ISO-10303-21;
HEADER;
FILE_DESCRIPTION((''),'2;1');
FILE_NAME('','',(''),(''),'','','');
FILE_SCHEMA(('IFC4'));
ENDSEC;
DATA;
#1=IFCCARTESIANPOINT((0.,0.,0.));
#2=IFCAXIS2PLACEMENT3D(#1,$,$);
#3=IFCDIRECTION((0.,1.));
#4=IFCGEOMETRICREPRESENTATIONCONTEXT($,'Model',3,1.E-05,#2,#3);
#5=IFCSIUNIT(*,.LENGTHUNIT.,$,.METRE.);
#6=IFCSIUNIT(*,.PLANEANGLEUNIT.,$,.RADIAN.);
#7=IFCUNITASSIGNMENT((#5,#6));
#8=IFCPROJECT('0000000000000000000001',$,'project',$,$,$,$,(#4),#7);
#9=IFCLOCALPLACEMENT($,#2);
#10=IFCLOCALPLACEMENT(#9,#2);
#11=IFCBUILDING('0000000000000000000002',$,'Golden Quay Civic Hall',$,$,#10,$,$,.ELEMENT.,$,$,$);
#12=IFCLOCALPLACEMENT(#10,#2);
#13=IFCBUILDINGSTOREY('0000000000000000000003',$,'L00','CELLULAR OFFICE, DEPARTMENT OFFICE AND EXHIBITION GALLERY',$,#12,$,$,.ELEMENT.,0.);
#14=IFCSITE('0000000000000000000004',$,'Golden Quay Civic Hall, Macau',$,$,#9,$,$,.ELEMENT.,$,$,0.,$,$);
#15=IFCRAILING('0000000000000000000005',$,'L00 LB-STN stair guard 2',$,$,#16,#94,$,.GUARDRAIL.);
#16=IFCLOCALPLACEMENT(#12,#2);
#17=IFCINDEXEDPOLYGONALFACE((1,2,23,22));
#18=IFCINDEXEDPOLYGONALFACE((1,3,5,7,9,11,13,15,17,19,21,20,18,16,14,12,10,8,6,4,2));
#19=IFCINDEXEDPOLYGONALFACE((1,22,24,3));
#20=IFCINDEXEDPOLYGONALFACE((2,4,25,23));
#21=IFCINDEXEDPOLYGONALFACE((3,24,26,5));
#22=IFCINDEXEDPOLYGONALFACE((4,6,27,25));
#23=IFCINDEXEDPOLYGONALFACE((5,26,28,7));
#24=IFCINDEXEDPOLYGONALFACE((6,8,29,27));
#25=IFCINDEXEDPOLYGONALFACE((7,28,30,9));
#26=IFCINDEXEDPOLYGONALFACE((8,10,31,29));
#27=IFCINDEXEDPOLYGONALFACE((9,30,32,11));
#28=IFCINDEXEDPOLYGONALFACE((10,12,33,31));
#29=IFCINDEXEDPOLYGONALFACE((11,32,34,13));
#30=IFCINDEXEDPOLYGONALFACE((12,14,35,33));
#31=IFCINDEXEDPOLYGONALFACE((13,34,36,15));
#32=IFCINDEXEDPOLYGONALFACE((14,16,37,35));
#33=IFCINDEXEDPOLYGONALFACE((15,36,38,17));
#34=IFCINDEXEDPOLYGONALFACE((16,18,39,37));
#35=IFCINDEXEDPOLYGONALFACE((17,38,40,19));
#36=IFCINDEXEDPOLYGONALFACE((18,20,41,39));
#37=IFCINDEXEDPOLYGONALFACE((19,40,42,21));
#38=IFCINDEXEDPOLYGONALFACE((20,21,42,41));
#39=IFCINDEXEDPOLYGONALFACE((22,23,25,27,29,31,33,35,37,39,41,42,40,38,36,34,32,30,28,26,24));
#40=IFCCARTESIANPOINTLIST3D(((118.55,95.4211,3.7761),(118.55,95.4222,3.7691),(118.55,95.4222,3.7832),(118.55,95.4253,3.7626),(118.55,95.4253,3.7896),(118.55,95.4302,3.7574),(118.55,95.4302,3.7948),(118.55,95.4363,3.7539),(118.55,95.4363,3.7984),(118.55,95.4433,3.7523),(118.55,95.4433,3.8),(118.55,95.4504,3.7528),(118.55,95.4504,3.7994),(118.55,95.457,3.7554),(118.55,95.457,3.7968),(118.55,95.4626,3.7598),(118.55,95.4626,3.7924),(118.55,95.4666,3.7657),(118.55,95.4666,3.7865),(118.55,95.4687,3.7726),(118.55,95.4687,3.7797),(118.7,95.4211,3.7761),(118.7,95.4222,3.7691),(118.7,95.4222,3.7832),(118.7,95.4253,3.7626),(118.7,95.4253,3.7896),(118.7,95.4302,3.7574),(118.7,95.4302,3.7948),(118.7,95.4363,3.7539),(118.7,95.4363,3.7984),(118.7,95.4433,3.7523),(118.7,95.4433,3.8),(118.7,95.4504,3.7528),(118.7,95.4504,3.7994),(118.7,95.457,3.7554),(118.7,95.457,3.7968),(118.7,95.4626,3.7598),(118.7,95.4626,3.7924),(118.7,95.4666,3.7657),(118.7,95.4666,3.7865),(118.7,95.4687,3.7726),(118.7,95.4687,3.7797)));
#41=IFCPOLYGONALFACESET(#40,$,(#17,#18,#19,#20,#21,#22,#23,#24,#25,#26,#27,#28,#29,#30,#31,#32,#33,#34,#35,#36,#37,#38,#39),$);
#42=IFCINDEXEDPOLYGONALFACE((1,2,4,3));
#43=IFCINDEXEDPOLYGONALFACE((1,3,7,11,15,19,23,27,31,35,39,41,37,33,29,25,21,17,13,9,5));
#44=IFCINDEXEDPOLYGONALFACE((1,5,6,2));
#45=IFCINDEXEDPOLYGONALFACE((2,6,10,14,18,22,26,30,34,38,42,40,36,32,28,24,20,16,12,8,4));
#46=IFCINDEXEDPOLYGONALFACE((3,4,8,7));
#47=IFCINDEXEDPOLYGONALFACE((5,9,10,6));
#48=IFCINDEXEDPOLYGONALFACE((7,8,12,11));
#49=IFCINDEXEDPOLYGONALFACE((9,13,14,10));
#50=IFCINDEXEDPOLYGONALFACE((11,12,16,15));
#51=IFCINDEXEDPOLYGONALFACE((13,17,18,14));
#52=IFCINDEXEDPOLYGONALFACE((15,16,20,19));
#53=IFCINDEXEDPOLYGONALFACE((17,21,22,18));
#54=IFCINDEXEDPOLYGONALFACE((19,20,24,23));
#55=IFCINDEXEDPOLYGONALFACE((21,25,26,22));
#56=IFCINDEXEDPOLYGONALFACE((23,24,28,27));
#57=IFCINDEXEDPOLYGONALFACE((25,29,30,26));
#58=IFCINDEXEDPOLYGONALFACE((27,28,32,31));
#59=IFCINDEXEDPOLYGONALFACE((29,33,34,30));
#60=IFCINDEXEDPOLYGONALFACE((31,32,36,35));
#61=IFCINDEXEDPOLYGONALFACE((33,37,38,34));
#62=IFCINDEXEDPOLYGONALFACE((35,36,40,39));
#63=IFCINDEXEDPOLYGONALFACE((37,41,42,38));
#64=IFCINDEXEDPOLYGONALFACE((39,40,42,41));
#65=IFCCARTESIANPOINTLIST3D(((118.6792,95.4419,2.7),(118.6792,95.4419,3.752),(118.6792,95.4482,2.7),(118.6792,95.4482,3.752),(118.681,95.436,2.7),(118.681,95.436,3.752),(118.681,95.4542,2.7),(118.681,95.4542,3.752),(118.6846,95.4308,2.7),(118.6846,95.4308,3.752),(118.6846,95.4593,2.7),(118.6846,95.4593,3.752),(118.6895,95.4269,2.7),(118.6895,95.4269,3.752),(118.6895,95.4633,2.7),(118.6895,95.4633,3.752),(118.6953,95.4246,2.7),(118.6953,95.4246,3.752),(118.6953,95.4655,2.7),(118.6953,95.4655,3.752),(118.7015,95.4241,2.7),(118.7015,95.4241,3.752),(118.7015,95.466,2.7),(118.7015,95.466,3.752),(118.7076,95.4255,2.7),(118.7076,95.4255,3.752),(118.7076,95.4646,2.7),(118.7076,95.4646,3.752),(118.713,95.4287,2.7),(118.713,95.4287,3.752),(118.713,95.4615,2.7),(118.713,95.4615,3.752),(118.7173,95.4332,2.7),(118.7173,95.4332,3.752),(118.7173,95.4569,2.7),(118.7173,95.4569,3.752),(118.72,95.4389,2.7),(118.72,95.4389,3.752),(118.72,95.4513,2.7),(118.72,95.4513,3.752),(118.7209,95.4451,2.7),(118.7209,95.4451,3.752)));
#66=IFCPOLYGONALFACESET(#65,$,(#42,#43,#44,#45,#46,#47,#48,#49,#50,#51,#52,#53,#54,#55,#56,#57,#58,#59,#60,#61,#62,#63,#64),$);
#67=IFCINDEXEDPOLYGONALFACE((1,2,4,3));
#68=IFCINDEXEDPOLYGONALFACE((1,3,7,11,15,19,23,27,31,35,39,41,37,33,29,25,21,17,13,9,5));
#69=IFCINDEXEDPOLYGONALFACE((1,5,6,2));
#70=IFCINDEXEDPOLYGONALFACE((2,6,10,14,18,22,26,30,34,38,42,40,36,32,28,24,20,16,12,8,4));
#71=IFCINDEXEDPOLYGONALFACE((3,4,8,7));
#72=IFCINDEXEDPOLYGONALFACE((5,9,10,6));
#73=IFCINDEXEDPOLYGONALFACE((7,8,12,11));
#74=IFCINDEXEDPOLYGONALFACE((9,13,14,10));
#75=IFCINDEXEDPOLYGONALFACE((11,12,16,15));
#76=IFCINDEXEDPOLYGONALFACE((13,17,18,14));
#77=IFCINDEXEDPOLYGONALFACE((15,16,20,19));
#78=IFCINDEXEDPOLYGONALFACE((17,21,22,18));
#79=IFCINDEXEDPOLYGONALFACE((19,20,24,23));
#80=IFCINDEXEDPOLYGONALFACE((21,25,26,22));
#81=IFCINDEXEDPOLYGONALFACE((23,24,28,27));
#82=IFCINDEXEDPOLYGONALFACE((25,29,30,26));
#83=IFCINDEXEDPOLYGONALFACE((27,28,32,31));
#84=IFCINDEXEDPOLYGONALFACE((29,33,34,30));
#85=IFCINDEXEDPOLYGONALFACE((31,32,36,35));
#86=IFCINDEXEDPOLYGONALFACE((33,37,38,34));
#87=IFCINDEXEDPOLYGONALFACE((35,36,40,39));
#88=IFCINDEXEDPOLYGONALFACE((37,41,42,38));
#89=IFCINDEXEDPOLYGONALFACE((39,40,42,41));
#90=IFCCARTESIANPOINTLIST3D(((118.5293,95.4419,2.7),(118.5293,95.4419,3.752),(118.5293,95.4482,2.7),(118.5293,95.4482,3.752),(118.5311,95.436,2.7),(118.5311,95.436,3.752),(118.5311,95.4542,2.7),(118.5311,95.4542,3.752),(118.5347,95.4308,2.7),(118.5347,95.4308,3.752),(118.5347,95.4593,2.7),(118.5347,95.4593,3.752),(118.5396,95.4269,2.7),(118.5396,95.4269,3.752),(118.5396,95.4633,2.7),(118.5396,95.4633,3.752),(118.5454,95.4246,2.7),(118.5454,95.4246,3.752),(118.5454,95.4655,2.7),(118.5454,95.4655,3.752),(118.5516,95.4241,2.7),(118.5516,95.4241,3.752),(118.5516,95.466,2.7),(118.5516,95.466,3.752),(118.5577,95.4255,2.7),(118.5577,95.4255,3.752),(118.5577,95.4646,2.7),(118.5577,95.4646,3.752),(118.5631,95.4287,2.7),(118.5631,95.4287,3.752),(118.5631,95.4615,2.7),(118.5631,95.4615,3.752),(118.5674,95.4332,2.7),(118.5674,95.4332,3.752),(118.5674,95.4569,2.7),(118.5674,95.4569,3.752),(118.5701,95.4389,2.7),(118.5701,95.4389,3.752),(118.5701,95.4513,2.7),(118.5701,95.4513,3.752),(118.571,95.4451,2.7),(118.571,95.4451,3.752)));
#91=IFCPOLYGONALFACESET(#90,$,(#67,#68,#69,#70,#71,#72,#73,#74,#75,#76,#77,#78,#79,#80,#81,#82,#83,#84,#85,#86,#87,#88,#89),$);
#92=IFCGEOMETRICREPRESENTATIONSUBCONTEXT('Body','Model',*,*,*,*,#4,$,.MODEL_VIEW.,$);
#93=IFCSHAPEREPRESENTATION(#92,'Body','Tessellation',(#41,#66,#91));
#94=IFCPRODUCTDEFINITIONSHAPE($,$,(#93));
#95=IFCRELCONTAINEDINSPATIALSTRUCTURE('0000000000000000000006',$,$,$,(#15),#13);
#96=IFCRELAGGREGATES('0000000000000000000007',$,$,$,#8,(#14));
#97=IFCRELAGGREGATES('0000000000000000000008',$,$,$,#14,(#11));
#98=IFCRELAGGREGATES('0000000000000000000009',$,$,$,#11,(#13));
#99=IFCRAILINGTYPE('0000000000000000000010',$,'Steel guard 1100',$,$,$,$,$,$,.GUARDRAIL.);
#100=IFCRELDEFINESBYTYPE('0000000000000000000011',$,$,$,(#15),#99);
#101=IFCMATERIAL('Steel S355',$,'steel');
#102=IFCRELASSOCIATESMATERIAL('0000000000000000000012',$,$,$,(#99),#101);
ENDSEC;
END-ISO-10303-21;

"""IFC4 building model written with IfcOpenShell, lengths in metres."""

from ifc_helpers import new_model, si_unit, direction, frame, origin, origin_2d, place, context, subcontext, project, spatial, circle, extrude, material, type_object, element, save


model = new_model("IFC4")

# Units and contexts
model_context = context("Model", 3, precision=1e-05, world=origin(), true_north=direction((0.0, 1.0)))
body_context = subcontext(model_context, "Body", "Model", "MODEL_VIEW")
ifc_project = project(units=[si_unit("LENGTHUNIT", "METRE"), si_unit("PLANEANGLEUNIT", "RADIAN")], contexts=[model_context])

# Site, building, storey
site_placement = place(None, origin())
site = spatial("IfcSite", under=ifc_project, at=site_placement, Name="Golden Quay Civic Hall, Macau", CompositionType="ELEMENT", RefElevation=0.0)
building_placement = place(site_placement, origin())
building = spatial("IfcBuilding", under=site, at=building_placement, Name="Golden Quay Civic Hall", CompositionType="ELEMENT")
storey_placement = place(building_placement, origin())
storey = spatial("IfcBuildingStorey", under=building, at=storey_placement, Name="L00", Description="CELLULAR OFFICE, DEPARTMENT OFFICE AND EXHIBITION GALLERY", CompositionType="ELEMENT", Elevation=0.0)

# Railing
ifc_material_1 = material(Name="Steel S355", Category="steel")
railing_type_1 = type_object("IfcRailingType", Name="Steel guard 1100", PredefinedType="GUARDRAIL", material=ifc_material_1)
railing_1_placement = place(storey_placement, frame((118.7, 95.4451, 2.7)))
element("IfcRailing", 1, at=railing_1_placement, inside=storey, type_object=railing_type_1, Name="L00 LB-STN stair guard 2", PredefinedType="GUARDRAIL", context=body_context, shape_type="SweptSolid", body=[
    extrude(circle(Radius=0.0239, at=origin_2d()), frame((0.0, 0.0, 1.0762), z_axis=(-1.0, 0.0, 0.0), x_axis=(0.0, -1.0, 0.0)), (0.0, 0.0, 1.0), 0.1499),
    extrude(circle(Radius=0.021, at=origin_2d()), origin(), (0.0, 0.0, 1.0), 1.052),
    extrude(circle(Radius=0.021, at=origin_2d()), frame((-0.1499, 0.0, 0.0)), (0.0, 0.0, 1.0), 1.052),
])

save(model, "model.ifc")
